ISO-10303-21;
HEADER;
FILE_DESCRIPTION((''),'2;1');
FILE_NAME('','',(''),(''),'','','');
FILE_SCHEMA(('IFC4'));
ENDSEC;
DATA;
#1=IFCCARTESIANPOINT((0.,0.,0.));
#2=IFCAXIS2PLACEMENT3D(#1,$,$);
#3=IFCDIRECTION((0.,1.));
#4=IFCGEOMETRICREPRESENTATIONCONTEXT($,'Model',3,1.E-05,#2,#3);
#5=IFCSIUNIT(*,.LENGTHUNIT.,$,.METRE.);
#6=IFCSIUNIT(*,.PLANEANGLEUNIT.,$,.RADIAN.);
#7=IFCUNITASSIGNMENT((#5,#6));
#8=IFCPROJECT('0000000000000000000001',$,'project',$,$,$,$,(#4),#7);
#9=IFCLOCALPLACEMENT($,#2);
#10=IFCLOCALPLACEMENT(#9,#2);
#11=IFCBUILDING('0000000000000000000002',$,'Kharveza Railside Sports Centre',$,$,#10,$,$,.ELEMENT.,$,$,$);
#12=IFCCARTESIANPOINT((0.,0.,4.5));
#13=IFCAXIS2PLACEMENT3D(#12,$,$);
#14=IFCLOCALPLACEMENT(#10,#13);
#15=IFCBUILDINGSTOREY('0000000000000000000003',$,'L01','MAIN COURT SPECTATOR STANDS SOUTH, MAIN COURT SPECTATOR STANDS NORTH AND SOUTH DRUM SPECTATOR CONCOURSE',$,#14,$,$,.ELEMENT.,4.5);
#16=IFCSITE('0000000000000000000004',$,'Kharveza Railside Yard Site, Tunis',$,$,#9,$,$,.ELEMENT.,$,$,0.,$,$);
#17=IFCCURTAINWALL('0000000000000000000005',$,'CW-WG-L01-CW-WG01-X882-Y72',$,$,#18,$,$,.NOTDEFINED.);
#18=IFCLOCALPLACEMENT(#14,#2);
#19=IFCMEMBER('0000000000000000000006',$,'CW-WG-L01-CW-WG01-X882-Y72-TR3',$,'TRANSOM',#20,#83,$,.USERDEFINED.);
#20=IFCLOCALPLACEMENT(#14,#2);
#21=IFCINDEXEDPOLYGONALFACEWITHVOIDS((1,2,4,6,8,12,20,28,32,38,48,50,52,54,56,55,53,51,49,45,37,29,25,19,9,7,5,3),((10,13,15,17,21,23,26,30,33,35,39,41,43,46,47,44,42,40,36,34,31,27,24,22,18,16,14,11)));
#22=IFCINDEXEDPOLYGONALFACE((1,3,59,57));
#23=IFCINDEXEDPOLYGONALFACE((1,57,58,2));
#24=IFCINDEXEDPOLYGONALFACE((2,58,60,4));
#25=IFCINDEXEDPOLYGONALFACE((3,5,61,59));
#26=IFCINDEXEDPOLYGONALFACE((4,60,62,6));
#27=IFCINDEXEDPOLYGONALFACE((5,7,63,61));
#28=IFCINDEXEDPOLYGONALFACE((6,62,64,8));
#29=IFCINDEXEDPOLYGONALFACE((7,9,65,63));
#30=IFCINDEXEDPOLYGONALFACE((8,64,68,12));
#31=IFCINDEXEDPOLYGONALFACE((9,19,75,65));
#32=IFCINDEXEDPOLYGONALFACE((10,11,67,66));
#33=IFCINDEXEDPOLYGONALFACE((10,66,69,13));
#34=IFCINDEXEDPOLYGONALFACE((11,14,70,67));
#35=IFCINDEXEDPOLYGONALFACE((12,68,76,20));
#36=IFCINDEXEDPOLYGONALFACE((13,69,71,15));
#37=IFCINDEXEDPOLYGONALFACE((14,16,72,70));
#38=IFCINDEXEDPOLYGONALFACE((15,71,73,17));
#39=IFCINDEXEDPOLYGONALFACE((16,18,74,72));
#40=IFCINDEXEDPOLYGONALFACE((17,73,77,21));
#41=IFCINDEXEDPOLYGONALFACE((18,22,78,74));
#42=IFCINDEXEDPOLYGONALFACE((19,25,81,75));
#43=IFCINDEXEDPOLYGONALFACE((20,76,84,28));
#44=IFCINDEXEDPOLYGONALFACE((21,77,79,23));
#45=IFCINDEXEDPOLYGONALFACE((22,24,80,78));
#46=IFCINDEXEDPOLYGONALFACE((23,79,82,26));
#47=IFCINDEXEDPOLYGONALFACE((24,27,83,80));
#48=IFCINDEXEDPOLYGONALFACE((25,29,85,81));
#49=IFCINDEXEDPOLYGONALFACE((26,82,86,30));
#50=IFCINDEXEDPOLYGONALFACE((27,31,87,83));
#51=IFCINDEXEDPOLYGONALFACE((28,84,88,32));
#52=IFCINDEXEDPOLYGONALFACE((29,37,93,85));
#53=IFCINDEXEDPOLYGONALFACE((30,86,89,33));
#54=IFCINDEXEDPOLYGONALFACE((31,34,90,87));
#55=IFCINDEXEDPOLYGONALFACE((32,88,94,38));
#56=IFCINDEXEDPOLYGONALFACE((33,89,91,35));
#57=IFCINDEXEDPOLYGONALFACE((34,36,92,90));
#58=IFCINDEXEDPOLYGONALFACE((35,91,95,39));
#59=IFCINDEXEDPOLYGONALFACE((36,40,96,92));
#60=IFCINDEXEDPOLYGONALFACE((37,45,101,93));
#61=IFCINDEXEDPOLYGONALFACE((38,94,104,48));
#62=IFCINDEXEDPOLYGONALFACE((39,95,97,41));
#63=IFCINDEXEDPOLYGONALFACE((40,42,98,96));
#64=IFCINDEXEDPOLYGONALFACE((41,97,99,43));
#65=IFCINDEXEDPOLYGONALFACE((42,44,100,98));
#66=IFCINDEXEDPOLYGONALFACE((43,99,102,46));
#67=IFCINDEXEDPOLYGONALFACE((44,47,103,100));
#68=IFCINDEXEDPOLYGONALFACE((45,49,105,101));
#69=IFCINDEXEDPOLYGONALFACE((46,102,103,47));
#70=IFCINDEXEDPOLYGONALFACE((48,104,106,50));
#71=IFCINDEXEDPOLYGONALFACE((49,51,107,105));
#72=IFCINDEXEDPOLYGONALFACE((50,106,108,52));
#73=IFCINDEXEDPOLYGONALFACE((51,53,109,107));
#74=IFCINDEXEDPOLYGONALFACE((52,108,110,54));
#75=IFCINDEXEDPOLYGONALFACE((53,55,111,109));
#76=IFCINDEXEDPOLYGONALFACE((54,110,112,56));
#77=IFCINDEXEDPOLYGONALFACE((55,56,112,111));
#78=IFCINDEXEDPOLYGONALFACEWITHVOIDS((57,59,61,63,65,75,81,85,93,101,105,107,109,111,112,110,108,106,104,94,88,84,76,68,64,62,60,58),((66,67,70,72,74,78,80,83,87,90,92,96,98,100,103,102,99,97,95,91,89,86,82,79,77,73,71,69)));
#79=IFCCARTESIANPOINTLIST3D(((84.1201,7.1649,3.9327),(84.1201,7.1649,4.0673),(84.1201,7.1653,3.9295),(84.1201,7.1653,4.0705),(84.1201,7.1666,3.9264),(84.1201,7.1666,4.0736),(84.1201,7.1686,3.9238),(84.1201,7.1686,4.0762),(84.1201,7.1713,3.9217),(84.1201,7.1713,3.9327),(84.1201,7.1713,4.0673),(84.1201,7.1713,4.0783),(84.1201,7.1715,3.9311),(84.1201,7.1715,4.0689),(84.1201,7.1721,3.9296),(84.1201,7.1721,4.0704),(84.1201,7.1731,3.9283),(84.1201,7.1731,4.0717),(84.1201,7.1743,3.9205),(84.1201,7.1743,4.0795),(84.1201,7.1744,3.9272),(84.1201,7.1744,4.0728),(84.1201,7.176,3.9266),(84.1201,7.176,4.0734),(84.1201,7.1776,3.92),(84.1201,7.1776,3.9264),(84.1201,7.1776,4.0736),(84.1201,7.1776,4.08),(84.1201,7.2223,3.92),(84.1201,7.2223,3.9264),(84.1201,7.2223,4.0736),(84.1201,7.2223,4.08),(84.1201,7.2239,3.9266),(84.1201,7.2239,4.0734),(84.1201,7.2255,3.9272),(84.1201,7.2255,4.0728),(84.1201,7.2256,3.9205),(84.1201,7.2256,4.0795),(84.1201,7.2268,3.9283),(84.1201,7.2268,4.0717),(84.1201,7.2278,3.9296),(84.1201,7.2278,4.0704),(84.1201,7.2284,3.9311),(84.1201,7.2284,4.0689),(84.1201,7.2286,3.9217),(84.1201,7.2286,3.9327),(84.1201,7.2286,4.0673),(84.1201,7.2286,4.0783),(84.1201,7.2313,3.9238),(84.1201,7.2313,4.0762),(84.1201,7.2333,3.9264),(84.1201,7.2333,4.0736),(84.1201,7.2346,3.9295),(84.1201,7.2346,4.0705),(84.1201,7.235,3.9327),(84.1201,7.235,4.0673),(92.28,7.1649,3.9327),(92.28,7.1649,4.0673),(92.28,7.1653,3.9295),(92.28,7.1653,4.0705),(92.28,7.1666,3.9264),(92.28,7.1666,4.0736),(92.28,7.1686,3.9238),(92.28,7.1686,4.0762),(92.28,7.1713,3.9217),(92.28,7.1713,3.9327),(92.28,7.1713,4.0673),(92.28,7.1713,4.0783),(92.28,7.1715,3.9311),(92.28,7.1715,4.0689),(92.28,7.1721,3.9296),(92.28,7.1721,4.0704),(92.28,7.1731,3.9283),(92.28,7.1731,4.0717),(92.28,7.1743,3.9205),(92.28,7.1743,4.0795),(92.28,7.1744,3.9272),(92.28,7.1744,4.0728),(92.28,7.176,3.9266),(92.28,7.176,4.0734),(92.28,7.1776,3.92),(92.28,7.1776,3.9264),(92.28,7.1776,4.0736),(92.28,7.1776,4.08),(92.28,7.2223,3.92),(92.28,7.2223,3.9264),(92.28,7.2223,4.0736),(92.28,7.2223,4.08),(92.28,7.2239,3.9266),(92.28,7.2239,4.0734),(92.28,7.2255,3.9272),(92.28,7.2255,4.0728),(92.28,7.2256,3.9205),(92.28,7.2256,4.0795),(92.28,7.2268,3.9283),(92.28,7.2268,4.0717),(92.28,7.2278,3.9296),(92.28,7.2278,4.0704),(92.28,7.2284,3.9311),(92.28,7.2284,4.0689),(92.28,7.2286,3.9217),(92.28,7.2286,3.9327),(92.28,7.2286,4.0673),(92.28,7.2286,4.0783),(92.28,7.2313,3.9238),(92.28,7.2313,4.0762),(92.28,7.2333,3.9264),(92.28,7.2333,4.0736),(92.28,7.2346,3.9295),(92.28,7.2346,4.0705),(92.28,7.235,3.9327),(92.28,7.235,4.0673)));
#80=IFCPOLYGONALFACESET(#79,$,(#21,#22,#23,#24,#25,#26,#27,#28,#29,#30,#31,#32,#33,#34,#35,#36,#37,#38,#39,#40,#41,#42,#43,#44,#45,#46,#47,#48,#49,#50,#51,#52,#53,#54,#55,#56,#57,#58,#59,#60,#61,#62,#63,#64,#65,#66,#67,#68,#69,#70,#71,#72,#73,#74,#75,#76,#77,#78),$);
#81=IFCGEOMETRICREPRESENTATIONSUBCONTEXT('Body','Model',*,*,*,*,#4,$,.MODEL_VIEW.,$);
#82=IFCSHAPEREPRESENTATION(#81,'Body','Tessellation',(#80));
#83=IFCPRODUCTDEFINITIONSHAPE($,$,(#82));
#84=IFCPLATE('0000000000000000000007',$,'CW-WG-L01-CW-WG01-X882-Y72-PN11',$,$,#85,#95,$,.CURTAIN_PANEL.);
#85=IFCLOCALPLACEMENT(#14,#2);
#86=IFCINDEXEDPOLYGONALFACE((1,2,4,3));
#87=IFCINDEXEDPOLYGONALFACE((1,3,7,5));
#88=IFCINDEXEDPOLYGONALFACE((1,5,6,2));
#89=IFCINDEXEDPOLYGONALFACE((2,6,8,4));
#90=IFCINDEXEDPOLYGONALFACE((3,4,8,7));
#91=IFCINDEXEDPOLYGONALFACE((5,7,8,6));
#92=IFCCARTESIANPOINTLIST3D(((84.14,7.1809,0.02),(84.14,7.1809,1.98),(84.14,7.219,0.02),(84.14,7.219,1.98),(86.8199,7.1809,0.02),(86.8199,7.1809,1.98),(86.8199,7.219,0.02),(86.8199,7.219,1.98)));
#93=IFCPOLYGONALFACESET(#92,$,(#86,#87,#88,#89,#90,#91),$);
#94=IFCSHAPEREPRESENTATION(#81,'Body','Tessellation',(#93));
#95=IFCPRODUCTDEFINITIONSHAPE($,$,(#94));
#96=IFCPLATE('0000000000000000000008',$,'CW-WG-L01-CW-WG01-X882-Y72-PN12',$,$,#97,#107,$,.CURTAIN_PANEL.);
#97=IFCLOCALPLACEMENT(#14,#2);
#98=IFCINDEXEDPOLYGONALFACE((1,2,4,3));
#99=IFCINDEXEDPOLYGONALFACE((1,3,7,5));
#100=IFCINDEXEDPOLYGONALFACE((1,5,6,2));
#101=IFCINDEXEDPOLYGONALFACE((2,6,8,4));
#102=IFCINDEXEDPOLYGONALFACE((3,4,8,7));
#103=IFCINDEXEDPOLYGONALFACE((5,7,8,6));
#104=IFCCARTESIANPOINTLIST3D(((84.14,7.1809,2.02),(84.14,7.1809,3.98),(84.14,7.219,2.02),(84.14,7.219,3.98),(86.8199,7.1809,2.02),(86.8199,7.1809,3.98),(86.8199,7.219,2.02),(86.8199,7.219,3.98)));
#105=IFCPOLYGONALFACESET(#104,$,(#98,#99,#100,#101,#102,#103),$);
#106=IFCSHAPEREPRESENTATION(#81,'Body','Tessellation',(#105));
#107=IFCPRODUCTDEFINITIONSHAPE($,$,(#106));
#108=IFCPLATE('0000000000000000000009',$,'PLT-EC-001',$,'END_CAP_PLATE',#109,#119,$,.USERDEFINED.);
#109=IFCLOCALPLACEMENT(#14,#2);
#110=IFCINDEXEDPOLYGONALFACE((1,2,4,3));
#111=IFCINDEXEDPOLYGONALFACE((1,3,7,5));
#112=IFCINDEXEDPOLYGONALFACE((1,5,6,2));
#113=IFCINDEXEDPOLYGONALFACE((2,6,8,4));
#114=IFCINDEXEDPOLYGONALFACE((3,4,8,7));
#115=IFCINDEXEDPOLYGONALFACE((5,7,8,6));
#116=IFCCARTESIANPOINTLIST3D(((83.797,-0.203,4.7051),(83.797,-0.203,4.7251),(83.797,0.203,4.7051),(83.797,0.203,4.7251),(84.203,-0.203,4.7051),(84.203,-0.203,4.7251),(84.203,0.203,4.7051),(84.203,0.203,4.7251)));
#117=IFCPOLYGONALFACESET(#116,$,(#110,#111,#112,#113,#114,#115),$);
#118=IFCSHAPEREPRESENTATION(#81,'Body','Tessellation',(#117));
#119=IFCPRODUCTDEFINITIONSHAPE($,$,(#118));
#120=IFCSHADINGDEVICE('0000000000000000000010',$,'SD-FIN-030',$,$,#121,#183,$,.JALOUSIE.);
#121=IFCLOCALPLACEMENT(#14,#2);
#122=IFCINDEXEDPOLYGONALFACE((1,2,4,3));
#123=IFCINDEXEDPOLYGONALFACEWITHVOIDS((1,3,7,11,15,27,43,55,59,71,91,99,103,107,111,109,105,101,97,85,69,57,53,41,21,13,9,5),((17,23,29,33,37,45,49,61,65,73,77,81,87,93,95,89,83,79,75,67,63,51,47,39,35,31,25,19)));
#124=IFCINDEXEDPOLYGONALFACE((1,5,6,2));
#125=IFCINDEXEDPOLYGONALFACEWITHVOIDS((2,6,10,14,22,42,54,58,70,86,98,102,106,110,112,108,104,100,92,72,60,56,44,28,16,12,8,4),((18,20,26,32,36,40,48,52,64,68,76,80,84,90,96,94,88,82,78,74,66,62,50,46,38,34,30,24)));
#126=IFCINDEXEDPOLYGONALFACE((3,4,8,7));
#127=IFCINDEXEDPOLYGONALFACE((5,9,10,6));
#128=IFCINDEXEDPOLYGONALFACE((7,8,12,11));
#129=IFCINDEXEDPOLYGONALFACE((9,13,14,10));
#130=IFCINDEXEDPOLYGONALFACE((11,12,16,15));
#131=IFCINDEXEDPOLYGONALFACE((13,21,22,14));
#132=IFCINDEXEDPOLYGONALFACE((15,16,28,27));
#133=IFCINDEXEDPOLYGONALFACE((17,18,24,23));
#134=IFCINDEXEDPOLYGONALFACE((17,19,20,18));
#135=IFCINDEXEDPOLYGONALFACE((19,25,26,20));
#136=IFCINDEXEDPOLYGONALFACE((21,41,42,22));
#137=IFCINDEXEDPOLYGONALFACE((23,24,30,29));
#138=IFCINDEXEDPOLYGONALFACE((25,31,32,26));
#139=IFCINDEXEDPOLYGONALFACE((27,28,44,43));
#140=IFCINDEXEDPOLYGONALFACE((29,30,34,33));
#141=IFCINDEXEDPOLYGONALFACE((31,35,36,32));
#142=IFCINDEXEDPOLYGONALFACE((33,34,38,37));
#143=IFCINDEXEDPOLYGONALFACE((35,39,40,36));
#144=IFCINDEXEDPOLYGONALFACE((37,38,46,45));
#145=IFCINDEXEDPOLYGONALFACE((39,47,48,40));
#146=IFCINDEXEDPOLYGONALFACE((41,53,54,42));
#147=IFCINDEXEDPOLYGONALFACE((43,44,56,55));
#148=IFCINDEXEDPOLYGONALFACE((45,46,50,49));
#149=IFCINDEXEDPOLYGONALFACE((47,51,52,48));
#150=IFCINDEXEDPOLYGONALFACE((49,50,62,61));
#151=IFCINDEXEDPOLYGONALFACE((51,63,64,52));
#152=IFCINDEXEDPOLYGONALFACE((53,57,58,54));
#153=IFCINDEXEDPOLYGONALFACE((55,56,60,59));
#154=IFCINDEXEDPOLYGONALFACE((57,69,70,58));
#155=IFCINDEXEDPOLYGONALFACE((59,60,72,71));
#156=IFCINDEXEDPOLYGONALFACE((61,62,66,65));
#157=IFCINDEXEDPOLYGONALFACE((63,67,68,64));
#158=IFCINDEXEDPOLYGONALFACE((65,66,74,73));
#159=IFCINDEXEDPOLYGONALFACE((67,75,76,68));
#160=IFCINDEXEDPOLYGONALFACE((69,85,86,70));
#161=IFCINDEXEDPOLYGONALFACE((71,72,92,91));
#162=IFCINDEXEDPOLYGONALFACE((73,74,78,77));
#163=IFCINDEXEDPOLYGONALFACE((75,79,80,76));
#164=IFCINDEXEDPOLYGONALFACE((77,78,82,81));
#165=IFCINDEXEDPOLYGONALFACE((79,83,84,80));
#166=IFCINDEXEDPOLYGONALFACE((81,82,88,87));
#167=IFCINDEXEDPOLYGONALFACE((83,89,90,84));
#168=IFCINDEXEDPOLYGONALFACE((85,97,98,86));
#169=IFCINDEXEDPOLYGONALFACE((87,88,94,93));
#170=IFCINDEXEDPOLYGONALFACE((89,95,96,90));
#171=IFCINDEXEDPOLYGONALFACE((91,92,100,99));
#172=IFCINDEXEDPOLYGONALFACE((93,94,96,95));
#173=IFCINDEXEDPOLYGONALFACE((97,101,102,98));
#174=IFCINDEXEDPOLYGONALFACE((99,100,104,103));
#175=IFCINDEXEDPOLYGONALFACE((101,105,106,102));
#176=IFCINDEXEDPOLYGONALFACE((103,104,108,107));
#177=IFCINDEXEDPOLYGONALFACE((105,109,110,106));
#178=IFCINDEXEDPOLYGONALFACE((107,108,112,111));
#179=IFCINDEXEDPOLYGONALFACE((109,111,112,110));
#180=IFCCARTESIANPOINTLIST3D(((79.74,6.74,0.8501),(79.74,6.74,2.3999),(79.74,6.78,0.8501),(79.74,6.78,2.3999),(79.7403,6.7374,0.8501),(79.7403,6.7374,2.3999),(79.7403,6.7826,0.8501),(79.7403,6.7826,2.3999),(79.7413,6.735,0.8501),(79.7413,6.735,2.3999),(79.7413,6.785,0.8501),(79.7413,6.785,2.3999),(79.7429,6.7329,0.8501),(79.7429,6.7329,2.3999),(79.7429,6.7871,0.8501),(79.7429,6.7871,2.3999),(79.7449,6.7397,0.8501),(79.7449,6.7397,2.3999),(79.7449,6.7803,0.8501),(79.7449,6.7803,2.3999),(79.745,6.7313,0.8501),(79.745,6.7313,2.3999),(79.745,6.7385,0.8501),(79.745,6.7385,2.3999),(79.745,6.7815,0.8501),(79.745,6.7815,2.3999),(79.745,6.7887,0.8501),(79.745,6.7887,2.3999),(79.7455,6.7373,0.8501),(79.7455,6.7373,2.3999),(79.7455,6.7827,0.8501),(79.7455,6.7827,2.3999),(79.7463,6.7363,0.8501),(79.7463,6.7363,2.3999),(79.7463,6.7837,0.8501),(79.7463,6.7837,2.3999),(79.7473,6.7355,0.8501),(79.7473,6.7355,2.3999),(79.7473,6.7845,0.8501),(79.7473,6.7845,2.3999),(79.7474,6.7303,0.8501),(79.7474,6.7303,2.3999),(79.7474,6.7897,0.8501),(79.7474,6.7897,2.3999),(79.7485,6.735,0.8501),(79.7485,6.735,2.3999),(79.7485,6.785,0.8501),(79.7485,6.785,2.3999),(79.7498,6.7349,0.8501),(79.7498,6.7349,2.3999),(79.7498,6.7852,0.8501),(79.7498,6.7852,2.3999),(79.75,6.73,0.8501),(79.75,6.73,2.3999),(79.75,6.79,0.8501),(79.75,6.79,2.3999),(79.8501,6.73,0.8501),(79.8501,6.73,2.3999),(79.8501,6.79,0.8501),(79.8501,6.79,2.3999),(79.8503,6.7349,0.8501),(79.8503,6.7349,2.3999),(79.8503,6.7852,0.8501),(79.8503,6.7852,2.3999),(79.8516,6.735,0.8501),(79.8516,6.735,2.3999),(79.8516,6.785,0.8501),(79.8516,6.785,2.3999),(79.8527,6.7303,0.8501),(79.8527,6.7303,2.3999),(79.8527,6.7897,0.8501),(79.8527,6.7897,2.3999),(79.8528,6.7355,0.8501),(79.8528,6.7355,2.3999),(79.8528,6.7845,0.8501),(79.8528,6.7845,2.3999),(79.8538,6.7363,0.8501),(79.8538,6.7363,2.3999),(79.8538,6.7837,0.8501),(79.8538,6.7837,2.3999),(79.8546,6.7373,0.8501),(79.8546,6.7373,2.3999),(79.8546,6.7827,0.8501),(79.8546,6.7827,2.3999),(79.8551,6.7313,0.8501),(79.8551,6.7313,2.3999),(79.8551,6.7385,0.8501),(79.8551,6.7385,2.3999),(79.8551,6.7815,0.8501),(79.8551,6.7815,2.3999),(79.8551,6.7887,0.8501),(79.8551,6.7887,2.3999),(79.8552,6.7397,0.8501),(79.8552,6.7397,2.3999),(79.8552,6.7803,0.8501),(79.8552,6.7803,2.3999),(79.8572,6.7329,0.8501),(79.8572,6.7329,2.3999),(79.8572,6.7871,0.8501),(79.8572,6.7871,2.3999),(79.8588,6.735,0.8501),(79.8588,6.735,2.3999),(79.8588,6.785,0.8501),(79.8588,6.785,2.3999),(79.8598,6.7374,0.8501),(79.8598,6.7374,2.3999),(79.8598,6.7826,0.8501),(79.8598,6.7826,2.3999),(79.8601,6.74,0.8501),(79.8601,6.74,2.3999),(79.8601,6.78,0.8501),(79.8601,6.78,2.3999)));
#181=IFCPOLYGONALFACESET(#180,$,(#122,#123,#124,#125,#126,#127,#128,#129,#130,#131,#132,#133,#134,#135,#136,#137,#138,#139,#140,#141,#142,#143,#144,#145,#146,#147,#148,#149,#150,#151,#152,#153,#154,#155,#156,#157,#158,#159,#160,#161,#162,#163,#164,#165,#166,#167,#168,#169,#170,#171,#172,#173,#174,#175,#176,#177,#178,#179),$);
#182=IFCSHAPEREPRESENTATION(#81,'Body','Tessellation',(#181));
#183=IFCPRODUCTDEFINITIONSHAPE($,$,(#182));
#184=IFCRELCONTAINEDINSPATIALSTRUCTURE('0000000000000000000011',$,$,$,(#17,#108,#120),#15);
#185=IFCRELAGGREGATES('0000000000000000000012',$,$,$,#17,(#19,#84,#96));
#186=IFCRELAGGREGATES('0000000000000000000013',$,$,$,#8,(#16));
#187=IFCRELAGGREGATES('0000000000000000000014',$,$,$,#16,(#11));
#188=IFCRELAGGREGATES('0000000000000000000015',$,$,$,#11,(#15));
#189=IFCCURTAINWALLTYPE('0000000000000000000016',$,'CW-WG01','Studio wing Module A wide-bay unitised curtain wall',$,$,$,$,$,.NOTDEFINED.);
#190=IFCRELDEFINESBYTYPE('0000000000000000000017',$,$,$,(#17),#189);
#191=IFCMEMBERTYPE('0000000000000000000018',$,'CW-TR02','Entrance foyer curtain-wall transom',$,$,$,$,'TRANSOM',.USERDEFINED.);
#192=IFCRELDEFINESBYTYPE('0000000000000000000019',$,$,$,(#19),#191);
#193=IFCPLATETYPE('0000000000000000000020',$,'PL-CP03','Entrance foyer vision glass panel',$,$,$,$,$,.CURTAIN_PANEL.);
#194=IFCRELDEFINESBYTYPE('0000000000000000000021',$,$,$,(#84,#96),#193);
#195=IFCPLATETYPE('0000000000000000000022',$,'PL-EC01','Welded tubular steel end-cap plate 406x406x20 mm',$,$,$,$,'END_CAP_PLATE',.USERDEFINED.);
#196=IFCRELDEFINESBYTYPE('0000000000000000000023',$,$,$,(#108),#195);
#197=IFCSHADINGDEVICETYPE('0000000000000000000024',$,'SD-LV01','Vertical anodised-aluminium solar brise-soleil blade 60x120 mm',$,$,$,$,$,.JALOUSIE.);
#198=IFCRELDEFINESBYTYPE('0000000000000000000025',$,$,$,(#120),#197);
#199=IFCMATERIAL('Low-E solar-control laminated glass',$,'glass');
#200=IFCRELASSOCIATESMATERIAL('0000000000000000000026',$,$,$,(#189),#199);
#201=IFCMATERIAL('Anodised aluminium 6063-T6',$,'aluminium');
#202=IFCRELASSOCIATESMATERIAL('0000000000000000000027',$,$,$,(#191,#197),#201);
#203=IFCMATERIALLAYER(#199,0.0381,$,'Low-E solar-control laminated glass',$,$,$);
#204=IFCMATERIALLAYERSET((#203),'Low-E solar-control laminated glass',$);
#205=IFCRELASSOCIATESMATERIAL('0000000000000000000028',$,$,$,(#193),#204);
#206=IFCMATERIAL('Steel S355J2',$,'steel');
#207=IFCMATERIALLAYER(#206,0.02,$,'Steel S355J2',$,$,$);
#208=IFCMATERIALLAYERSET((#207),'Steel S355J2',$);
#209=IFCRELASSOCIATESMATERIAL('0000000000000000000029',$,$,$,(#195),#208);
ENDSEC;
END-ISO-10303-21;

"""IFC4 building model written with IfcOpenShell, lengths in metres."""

from ifc_helpers import new_model, si_unit, direction, frame, origin, origin_2d, place, context, subcontext, project, spatial, rectangle, hollow_rectangle, extrude, material, layer, layer_set, material_profile, profile_set, type_object, element, aggregate, save


model = new_model("IFC4")

# Units and contexts
model_context = context("Model", 3, precision=1e-05, world=origin(), true_north=direction((0.0, 1.0)))
body_context = subcontext(model_context, "Body", "Model", "MODEL_VIEW")
ifc_project = project(units=[si_unit("LENGTHUNIT", "METRE"), si_unit("PLANEANGLEUNIT", "RADIAN")], contexts=[model_context])

# Site, building, storey
site_placement = place(None, origin())
site = spatial("IfcSite", under=ifc_project, at=site_placement, Name="Kharveza Railside Yard Site, Tunis", CompositionType="ELEMENT", RefElevation=0.0)
building_placement = place(site_placement, origin())
building = spatial("IfcBuilding", under=site, at=building_placement, Name="Kharveza Railside Sports Centre", CompositionType="ELEMENT")
storey_placement = place(building_placement, frame((0.0, 0.0, 4.5)))
storey = spatial("IfcBuildingStorey", under=building, at=storey_placement, Name="L01", Description="MAIN COURT SPECTATOR STANDS SOUTH, MAIN COURT SPECTATOR STANDS NORTH AND SOUTH DRUM SPECTATOR CONCOURSE", CompositionType="ELEMENT", Elevation=4.5)

# Shared definitions
ifc_material_1 = material(Name="Steel S355J2", Category="steel")

# Curtain wall, member, plates
ifc_material_2 = material(Name="Low-E solar-control laminated glass", Category="glass")
curtain_wall_type = type_object("IfcCurtainWallType", Name="CW-WG01", Description="Studio wing Module A wide-bay unitised curtain wall", PredefinedType="NOTDEFINED", material=ifc_material_2)
curtain_wall_placement = place(storey_placement, origin())
curtain_wall = element("IfcCurtainWall", 1, at=curtain_wall_placement, inside=storey, type_object=curtain_wall_type, Name="CW-WG-L01-CW-WG01-X882-Y72", PredefinedType="NOTDEFINED")
ifc_material_3 = material(Name="Anodised aluminium 6063-T6", Category="aluminium")
ifc_material_profile_1 = material_profile(ifc_material_3, hollow_rectangle(XDim=0.0701, YDim=0.1599, WallThickness=0.0063, InnerFilletRadius=0.0063, OuterFilletRadius=0.0127, at=origin_2d()), Name="RHS 70x160x6.3")
ifc_profile_set_1 = profile_set([ifc_material_profile_1], Name="Anodised aluminium 6063-T6")
member_type_1 = type_object("IfcMemberType", Name="CW-TR02", Description="Entrance foyer curtain-wall transom", ElementType="TRANSOM", PredefinedType="USERDEFINED", material=ifc_profile_set_1)
member_1_placement = place(storey_placement, frame((84.1201, 7.2, 4.0), z_axis=(1.0, 0.0, 0.0), x_axis=(0.0, 1.0, 0.0)))
member_1 = element("IfcMember", 2, at=member_1_placement, type_object=member_type_1, Name="CW-WG-L01-CW-WG01-X882-Y72-TR3", ObjectType="TRANSOM", PredefinedType="USERDEFINED", context=body_context, shape_type="SweptSolid", body=[
    extrude(hollow_rectangle(XDim=0.0701, YDim=0.1599, WallThickness=0.0063, InnerFilletRadius=0.0063, OuterFilletRadius=0.0127, at=origin_2d()), origin(), (0.0, 0.0, 1.0), 8.1599),
])
ifc_layer_1 = layer(ifc_material_2, 0.0381, Name="Low-E solar-control laminated glass")
ifc_layer_set_1 = layer_set([ifc_layer_1], Name="Low-E solar-control laminated glass")
plate_type_1 = type_object("IfcPlateType", Name="PL-CP03", Description="Entrance foyer vision glass panel", PredefinedType="CURTAIN_PANEL", material=ifc_layer_set_1)
plate_1_placement = place(storey_placement, frame((85.48, 7.2, 0.02), z_axis=(0.0, 0.0, 1.0), x_axis=(1.0, 0.0, 0.0)))
plate_1 = element("IfcPlate", 3, at=plate_1_placement, type_object=plate_type_1, Name="CW-WG-L01-CW-WG01-X882-Y72-PN11", PredefinedType="CURTAIN_PANEL", context=body_context, shape_type="SweptSolid", body=[
    extrude(rectangle(XDim=2.6799, YDim=0.0381, at=origin_2d()), origin(), (0.0, 0.0, 1.0), 1.96),
])
plate_2_placement = place(storey_placement, frame((85.48, 7.2, 2.02), z_axis=(0.0, 0.0, 1.0), x_axis=(1.0, 0.0, 0.0)))
plate_2 = element("IfcPlate", 4, at=plate_2_placement, type_object=plate_type_1, Name="CW-WG-L01-CW-WG01-X882-Y72-PN12", PredefinedType="CURTAIN_PANEL", context=body_context, shape_type="SweptSolid", body=[
    extrude(rectangle(XDim=2.6799, YDim=0.0381, at=origin_2d()), origin(), (0.0, 0.0, 1.0), 1.96),
])
aggregate(curtain_wall, [member_1, plate_1, plate_2])

# Plate
ifc_layer_2 = layer(ifc_material_1, 0.02, Name="Steel S355J2")
ifc_layer_set_2 = layer_set([ifc_layer_2], Name="Steel S355J2")
plate_type_2 = type_object("IfcPlateType", Name="PL-EC01", Description="Welded tubular steel end-cap plate 406x406x20 mm", ElementType="END_CAP_PLATE", PredefinedType="USERDEFINED", material=ifc_layer_set_2)
plate_3_placement = place(storey_placement, frame((84.0, 0.0, 4.7051), z_axis=(0.0, 0.0, 1.0), x_axis=(1.0, 0.0, 0.0)))
element("IfcPlate", 5, at=plate_3_placement, inside=storey, type_object=plate_type_2, Name="PLT-EC-001", ObjectType="END_CAP_PLATE", PredefinedType="USERDEFINED", context=body_context, shape_type="SweptSolid", body=[
    extrude(rectangle(XDim=0.406, YDim=0.406, at=origin_2d()), origin(), (0.0, 0.0, 1.0), 0.02),
])

# Shading device
ifc_material_profile_2 = material_profile(ifc_material_3, hollow_rectangle(XDim=0.0601, YDim=0.1201, WallThickness=0.0049, InnerFilletRadius=0.0049, OuterFilletRadius=0.01, at=origin_2d()), Name="RHS 60x120x5.0")
ifc_profile_set_2 = profile_set([ifc_material_profile_2], Name="Anodised aluminium 6063-T6")
shading_device_type = type_object("IfcShadingDeviceType", Name="SD-LV01", Description="Vertical anodised-aluminium solar brise-soleil blade 60x120 mm", PredefinedType="JALOUSIE", material=ifc_profile_set_2)
shading_device_placement = place(storey_placement, frame((79.8, 6.76, 0.8501), z_axis=(0.0, 0.0, 1.0), x_axis=(0.0, -1.0, 0.0)))
element("IfcShadingDevice", 6, at=shading_device_placement, inside=storey, type_object=shading_device_type, Name="SD-FIN-030", PredefinedType="JALOUSIE", context=body_context, shape_type="SweptSolid", body=[
    extrude(hollow_rectangle(XDim=0.0601, YDim=0.1201, WallThickness=0.0049, InnerFilletRadius=0.0049, OuterFilletRadius=0.01, at=origin_2d()), origin(), (0.0, 0.0, 1.0), 1.5498),
])

save(model, "model.ifc")
